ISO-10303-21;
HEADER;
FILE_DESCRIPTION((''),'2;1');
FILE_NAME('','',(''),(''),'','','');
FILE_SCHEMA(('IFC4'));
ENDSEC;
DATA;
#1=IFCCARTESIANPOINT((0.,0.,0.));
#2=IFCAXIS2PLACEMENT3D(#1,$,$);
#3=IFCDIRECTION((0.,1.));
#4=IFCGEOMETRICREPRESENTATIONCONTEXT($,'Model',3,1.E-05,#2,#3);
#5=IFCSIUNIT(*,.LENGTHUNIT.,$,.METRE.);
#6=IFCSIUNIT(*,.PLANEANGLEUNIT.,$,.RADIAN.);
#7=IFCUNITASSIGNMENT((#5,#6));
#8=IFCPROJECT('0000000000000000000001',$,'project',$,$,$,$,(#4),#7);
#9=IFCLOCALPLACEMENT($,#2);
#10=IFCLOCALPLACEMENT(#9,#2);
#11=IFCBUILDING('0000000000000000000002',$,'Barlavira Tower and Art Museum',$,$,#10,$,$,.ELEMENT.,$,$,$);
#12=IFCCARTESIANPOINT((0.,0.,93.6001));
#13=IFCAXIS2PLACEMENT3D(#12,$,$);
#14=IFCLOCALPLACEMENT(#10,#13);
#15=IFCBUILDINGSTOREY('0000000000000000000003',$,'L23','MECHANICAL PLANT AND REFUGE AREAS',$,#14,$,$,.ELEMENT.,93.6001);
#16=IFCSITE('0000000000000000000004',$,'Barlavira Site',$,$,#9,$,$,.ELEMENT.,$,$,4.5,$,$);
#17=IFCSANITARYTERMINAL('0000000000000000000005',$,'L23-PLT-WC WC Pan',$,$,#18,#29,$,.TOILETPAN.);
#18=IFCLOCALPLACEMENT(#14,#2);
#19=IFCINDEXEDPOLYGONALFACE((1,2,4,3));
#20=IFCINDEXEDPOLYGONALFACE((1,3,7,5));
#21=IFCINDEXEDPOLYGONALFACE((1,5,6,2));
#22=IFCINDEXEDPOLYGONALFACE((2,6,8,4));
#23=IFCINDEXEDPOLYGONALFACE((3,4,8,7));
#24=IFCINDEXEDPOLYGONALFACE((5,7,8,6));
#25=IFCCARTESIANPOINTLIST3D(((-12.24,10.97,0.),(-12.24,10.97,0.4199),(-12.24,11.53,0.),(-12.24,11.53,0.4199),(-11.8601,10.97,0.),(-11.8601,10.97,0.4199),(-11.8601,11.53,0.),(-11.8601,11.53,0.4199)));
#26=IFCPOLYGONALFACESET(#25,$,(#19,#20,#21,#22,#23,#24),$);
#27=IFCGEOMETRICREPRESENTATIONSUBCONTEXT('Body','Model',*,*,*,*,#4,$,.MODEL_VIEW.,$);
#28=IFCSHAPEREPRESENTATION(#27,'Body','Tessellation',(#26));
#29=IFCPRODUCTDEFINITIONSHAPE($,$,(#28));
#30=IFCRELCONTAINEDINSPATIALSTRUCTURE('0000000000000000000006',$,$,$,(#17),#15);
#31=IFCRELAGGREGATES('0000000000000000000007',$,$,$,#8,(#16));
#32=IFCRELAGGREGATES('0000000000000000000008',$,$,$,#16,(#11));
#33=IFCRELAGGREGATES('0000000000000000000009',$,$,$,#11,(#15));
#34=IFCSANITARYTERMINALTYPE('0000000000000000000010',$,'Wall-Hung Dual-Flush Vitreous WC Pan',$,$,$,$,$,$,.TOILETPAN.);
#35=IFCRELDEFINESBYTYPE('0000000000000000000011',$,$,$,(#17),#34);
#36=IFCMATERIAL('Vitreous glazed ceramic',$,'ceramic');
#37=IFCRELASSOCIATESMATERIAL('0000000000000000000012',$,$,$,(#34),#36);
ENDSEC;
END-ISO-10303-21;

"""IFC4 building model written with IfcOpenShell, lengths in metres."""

from ifc_helpers import new_model, si_unit, direction, frame, origin, origin_2d, place, context, subcontext, project, spatial, rectangle, extrude, material, type_object, element, save


model = new_model("IFC4")

# Units and contexts
model_context = context("Model", 3, precision=1e-05, world=origin(), true_north=direction((0.0, 1.0)))
body_context = subcontext(model_context, "Body", "Model", "MODEL_VIEW")
ifc_project = project(units=[si_unit("LENGTHUNIT", "METRE"), si_unit("PLANEANGLEUNIT", "RADIAN")], contexts=[model_context])

# Site, building, storey
site_placement = place(None, origin())
site = spatial("IfcSite", under=ifc_project, at=site_placement, Name="Barlavira Site", CompositionType="ELEMENT", RefElevation=4.5)
building_placement = place(site_placement, origin())
building = spatial("IfcBuilding", under=site, at=building_placement, Name="Barlavira Tower and Art Museum", CompositionType="ELEMENT")
storey_placement = place(building_placement, frame((0.0, 0.0, 93.6001)))
storey = spatial("IfcBuildingStorey", under=building, at=storey_placement, Name="L23", Description="MECHANICAL PLANT AND REFUGE AREAS", CompositionType="ELEMENT", Elevation=93.6001)

# Sanitary terminal
ifc_material_1 = material(Name="Vitreous glazed ceramic", Category="ceramic")
sanitary_terminal_type = type_object("IfcSanitaryTerminalType", Name="Wall-Hung Dual-Flush Vitreous WC Pan", PredefinedType="TOILETPAN", material=ifc_material_1)
sanitary_terminal_placement = place(storey_placement, frame((-12.05, 11.25, 0.0), z_axis=(0.0, 0.0, 1.0), x_axis=(1.0, 0.0, 0.0)))
element("IfcSanitaryTerminal", 1, at=sanitary_terminal_placement, inside=storey, type_object=sanitary_terminal_type, Name="L23-PLT-WC WC Pan", PredefinedType="TOILETPAN", context=body_context, shape_type="SweptSolid", body=[
    extrude(rectangle(XDim=0.3799, YDim=0.5601, at=origin_2d()), origin(), (0.0, 0.0, 1.0), 0.4199),
])

save(model, "model.ifc")
